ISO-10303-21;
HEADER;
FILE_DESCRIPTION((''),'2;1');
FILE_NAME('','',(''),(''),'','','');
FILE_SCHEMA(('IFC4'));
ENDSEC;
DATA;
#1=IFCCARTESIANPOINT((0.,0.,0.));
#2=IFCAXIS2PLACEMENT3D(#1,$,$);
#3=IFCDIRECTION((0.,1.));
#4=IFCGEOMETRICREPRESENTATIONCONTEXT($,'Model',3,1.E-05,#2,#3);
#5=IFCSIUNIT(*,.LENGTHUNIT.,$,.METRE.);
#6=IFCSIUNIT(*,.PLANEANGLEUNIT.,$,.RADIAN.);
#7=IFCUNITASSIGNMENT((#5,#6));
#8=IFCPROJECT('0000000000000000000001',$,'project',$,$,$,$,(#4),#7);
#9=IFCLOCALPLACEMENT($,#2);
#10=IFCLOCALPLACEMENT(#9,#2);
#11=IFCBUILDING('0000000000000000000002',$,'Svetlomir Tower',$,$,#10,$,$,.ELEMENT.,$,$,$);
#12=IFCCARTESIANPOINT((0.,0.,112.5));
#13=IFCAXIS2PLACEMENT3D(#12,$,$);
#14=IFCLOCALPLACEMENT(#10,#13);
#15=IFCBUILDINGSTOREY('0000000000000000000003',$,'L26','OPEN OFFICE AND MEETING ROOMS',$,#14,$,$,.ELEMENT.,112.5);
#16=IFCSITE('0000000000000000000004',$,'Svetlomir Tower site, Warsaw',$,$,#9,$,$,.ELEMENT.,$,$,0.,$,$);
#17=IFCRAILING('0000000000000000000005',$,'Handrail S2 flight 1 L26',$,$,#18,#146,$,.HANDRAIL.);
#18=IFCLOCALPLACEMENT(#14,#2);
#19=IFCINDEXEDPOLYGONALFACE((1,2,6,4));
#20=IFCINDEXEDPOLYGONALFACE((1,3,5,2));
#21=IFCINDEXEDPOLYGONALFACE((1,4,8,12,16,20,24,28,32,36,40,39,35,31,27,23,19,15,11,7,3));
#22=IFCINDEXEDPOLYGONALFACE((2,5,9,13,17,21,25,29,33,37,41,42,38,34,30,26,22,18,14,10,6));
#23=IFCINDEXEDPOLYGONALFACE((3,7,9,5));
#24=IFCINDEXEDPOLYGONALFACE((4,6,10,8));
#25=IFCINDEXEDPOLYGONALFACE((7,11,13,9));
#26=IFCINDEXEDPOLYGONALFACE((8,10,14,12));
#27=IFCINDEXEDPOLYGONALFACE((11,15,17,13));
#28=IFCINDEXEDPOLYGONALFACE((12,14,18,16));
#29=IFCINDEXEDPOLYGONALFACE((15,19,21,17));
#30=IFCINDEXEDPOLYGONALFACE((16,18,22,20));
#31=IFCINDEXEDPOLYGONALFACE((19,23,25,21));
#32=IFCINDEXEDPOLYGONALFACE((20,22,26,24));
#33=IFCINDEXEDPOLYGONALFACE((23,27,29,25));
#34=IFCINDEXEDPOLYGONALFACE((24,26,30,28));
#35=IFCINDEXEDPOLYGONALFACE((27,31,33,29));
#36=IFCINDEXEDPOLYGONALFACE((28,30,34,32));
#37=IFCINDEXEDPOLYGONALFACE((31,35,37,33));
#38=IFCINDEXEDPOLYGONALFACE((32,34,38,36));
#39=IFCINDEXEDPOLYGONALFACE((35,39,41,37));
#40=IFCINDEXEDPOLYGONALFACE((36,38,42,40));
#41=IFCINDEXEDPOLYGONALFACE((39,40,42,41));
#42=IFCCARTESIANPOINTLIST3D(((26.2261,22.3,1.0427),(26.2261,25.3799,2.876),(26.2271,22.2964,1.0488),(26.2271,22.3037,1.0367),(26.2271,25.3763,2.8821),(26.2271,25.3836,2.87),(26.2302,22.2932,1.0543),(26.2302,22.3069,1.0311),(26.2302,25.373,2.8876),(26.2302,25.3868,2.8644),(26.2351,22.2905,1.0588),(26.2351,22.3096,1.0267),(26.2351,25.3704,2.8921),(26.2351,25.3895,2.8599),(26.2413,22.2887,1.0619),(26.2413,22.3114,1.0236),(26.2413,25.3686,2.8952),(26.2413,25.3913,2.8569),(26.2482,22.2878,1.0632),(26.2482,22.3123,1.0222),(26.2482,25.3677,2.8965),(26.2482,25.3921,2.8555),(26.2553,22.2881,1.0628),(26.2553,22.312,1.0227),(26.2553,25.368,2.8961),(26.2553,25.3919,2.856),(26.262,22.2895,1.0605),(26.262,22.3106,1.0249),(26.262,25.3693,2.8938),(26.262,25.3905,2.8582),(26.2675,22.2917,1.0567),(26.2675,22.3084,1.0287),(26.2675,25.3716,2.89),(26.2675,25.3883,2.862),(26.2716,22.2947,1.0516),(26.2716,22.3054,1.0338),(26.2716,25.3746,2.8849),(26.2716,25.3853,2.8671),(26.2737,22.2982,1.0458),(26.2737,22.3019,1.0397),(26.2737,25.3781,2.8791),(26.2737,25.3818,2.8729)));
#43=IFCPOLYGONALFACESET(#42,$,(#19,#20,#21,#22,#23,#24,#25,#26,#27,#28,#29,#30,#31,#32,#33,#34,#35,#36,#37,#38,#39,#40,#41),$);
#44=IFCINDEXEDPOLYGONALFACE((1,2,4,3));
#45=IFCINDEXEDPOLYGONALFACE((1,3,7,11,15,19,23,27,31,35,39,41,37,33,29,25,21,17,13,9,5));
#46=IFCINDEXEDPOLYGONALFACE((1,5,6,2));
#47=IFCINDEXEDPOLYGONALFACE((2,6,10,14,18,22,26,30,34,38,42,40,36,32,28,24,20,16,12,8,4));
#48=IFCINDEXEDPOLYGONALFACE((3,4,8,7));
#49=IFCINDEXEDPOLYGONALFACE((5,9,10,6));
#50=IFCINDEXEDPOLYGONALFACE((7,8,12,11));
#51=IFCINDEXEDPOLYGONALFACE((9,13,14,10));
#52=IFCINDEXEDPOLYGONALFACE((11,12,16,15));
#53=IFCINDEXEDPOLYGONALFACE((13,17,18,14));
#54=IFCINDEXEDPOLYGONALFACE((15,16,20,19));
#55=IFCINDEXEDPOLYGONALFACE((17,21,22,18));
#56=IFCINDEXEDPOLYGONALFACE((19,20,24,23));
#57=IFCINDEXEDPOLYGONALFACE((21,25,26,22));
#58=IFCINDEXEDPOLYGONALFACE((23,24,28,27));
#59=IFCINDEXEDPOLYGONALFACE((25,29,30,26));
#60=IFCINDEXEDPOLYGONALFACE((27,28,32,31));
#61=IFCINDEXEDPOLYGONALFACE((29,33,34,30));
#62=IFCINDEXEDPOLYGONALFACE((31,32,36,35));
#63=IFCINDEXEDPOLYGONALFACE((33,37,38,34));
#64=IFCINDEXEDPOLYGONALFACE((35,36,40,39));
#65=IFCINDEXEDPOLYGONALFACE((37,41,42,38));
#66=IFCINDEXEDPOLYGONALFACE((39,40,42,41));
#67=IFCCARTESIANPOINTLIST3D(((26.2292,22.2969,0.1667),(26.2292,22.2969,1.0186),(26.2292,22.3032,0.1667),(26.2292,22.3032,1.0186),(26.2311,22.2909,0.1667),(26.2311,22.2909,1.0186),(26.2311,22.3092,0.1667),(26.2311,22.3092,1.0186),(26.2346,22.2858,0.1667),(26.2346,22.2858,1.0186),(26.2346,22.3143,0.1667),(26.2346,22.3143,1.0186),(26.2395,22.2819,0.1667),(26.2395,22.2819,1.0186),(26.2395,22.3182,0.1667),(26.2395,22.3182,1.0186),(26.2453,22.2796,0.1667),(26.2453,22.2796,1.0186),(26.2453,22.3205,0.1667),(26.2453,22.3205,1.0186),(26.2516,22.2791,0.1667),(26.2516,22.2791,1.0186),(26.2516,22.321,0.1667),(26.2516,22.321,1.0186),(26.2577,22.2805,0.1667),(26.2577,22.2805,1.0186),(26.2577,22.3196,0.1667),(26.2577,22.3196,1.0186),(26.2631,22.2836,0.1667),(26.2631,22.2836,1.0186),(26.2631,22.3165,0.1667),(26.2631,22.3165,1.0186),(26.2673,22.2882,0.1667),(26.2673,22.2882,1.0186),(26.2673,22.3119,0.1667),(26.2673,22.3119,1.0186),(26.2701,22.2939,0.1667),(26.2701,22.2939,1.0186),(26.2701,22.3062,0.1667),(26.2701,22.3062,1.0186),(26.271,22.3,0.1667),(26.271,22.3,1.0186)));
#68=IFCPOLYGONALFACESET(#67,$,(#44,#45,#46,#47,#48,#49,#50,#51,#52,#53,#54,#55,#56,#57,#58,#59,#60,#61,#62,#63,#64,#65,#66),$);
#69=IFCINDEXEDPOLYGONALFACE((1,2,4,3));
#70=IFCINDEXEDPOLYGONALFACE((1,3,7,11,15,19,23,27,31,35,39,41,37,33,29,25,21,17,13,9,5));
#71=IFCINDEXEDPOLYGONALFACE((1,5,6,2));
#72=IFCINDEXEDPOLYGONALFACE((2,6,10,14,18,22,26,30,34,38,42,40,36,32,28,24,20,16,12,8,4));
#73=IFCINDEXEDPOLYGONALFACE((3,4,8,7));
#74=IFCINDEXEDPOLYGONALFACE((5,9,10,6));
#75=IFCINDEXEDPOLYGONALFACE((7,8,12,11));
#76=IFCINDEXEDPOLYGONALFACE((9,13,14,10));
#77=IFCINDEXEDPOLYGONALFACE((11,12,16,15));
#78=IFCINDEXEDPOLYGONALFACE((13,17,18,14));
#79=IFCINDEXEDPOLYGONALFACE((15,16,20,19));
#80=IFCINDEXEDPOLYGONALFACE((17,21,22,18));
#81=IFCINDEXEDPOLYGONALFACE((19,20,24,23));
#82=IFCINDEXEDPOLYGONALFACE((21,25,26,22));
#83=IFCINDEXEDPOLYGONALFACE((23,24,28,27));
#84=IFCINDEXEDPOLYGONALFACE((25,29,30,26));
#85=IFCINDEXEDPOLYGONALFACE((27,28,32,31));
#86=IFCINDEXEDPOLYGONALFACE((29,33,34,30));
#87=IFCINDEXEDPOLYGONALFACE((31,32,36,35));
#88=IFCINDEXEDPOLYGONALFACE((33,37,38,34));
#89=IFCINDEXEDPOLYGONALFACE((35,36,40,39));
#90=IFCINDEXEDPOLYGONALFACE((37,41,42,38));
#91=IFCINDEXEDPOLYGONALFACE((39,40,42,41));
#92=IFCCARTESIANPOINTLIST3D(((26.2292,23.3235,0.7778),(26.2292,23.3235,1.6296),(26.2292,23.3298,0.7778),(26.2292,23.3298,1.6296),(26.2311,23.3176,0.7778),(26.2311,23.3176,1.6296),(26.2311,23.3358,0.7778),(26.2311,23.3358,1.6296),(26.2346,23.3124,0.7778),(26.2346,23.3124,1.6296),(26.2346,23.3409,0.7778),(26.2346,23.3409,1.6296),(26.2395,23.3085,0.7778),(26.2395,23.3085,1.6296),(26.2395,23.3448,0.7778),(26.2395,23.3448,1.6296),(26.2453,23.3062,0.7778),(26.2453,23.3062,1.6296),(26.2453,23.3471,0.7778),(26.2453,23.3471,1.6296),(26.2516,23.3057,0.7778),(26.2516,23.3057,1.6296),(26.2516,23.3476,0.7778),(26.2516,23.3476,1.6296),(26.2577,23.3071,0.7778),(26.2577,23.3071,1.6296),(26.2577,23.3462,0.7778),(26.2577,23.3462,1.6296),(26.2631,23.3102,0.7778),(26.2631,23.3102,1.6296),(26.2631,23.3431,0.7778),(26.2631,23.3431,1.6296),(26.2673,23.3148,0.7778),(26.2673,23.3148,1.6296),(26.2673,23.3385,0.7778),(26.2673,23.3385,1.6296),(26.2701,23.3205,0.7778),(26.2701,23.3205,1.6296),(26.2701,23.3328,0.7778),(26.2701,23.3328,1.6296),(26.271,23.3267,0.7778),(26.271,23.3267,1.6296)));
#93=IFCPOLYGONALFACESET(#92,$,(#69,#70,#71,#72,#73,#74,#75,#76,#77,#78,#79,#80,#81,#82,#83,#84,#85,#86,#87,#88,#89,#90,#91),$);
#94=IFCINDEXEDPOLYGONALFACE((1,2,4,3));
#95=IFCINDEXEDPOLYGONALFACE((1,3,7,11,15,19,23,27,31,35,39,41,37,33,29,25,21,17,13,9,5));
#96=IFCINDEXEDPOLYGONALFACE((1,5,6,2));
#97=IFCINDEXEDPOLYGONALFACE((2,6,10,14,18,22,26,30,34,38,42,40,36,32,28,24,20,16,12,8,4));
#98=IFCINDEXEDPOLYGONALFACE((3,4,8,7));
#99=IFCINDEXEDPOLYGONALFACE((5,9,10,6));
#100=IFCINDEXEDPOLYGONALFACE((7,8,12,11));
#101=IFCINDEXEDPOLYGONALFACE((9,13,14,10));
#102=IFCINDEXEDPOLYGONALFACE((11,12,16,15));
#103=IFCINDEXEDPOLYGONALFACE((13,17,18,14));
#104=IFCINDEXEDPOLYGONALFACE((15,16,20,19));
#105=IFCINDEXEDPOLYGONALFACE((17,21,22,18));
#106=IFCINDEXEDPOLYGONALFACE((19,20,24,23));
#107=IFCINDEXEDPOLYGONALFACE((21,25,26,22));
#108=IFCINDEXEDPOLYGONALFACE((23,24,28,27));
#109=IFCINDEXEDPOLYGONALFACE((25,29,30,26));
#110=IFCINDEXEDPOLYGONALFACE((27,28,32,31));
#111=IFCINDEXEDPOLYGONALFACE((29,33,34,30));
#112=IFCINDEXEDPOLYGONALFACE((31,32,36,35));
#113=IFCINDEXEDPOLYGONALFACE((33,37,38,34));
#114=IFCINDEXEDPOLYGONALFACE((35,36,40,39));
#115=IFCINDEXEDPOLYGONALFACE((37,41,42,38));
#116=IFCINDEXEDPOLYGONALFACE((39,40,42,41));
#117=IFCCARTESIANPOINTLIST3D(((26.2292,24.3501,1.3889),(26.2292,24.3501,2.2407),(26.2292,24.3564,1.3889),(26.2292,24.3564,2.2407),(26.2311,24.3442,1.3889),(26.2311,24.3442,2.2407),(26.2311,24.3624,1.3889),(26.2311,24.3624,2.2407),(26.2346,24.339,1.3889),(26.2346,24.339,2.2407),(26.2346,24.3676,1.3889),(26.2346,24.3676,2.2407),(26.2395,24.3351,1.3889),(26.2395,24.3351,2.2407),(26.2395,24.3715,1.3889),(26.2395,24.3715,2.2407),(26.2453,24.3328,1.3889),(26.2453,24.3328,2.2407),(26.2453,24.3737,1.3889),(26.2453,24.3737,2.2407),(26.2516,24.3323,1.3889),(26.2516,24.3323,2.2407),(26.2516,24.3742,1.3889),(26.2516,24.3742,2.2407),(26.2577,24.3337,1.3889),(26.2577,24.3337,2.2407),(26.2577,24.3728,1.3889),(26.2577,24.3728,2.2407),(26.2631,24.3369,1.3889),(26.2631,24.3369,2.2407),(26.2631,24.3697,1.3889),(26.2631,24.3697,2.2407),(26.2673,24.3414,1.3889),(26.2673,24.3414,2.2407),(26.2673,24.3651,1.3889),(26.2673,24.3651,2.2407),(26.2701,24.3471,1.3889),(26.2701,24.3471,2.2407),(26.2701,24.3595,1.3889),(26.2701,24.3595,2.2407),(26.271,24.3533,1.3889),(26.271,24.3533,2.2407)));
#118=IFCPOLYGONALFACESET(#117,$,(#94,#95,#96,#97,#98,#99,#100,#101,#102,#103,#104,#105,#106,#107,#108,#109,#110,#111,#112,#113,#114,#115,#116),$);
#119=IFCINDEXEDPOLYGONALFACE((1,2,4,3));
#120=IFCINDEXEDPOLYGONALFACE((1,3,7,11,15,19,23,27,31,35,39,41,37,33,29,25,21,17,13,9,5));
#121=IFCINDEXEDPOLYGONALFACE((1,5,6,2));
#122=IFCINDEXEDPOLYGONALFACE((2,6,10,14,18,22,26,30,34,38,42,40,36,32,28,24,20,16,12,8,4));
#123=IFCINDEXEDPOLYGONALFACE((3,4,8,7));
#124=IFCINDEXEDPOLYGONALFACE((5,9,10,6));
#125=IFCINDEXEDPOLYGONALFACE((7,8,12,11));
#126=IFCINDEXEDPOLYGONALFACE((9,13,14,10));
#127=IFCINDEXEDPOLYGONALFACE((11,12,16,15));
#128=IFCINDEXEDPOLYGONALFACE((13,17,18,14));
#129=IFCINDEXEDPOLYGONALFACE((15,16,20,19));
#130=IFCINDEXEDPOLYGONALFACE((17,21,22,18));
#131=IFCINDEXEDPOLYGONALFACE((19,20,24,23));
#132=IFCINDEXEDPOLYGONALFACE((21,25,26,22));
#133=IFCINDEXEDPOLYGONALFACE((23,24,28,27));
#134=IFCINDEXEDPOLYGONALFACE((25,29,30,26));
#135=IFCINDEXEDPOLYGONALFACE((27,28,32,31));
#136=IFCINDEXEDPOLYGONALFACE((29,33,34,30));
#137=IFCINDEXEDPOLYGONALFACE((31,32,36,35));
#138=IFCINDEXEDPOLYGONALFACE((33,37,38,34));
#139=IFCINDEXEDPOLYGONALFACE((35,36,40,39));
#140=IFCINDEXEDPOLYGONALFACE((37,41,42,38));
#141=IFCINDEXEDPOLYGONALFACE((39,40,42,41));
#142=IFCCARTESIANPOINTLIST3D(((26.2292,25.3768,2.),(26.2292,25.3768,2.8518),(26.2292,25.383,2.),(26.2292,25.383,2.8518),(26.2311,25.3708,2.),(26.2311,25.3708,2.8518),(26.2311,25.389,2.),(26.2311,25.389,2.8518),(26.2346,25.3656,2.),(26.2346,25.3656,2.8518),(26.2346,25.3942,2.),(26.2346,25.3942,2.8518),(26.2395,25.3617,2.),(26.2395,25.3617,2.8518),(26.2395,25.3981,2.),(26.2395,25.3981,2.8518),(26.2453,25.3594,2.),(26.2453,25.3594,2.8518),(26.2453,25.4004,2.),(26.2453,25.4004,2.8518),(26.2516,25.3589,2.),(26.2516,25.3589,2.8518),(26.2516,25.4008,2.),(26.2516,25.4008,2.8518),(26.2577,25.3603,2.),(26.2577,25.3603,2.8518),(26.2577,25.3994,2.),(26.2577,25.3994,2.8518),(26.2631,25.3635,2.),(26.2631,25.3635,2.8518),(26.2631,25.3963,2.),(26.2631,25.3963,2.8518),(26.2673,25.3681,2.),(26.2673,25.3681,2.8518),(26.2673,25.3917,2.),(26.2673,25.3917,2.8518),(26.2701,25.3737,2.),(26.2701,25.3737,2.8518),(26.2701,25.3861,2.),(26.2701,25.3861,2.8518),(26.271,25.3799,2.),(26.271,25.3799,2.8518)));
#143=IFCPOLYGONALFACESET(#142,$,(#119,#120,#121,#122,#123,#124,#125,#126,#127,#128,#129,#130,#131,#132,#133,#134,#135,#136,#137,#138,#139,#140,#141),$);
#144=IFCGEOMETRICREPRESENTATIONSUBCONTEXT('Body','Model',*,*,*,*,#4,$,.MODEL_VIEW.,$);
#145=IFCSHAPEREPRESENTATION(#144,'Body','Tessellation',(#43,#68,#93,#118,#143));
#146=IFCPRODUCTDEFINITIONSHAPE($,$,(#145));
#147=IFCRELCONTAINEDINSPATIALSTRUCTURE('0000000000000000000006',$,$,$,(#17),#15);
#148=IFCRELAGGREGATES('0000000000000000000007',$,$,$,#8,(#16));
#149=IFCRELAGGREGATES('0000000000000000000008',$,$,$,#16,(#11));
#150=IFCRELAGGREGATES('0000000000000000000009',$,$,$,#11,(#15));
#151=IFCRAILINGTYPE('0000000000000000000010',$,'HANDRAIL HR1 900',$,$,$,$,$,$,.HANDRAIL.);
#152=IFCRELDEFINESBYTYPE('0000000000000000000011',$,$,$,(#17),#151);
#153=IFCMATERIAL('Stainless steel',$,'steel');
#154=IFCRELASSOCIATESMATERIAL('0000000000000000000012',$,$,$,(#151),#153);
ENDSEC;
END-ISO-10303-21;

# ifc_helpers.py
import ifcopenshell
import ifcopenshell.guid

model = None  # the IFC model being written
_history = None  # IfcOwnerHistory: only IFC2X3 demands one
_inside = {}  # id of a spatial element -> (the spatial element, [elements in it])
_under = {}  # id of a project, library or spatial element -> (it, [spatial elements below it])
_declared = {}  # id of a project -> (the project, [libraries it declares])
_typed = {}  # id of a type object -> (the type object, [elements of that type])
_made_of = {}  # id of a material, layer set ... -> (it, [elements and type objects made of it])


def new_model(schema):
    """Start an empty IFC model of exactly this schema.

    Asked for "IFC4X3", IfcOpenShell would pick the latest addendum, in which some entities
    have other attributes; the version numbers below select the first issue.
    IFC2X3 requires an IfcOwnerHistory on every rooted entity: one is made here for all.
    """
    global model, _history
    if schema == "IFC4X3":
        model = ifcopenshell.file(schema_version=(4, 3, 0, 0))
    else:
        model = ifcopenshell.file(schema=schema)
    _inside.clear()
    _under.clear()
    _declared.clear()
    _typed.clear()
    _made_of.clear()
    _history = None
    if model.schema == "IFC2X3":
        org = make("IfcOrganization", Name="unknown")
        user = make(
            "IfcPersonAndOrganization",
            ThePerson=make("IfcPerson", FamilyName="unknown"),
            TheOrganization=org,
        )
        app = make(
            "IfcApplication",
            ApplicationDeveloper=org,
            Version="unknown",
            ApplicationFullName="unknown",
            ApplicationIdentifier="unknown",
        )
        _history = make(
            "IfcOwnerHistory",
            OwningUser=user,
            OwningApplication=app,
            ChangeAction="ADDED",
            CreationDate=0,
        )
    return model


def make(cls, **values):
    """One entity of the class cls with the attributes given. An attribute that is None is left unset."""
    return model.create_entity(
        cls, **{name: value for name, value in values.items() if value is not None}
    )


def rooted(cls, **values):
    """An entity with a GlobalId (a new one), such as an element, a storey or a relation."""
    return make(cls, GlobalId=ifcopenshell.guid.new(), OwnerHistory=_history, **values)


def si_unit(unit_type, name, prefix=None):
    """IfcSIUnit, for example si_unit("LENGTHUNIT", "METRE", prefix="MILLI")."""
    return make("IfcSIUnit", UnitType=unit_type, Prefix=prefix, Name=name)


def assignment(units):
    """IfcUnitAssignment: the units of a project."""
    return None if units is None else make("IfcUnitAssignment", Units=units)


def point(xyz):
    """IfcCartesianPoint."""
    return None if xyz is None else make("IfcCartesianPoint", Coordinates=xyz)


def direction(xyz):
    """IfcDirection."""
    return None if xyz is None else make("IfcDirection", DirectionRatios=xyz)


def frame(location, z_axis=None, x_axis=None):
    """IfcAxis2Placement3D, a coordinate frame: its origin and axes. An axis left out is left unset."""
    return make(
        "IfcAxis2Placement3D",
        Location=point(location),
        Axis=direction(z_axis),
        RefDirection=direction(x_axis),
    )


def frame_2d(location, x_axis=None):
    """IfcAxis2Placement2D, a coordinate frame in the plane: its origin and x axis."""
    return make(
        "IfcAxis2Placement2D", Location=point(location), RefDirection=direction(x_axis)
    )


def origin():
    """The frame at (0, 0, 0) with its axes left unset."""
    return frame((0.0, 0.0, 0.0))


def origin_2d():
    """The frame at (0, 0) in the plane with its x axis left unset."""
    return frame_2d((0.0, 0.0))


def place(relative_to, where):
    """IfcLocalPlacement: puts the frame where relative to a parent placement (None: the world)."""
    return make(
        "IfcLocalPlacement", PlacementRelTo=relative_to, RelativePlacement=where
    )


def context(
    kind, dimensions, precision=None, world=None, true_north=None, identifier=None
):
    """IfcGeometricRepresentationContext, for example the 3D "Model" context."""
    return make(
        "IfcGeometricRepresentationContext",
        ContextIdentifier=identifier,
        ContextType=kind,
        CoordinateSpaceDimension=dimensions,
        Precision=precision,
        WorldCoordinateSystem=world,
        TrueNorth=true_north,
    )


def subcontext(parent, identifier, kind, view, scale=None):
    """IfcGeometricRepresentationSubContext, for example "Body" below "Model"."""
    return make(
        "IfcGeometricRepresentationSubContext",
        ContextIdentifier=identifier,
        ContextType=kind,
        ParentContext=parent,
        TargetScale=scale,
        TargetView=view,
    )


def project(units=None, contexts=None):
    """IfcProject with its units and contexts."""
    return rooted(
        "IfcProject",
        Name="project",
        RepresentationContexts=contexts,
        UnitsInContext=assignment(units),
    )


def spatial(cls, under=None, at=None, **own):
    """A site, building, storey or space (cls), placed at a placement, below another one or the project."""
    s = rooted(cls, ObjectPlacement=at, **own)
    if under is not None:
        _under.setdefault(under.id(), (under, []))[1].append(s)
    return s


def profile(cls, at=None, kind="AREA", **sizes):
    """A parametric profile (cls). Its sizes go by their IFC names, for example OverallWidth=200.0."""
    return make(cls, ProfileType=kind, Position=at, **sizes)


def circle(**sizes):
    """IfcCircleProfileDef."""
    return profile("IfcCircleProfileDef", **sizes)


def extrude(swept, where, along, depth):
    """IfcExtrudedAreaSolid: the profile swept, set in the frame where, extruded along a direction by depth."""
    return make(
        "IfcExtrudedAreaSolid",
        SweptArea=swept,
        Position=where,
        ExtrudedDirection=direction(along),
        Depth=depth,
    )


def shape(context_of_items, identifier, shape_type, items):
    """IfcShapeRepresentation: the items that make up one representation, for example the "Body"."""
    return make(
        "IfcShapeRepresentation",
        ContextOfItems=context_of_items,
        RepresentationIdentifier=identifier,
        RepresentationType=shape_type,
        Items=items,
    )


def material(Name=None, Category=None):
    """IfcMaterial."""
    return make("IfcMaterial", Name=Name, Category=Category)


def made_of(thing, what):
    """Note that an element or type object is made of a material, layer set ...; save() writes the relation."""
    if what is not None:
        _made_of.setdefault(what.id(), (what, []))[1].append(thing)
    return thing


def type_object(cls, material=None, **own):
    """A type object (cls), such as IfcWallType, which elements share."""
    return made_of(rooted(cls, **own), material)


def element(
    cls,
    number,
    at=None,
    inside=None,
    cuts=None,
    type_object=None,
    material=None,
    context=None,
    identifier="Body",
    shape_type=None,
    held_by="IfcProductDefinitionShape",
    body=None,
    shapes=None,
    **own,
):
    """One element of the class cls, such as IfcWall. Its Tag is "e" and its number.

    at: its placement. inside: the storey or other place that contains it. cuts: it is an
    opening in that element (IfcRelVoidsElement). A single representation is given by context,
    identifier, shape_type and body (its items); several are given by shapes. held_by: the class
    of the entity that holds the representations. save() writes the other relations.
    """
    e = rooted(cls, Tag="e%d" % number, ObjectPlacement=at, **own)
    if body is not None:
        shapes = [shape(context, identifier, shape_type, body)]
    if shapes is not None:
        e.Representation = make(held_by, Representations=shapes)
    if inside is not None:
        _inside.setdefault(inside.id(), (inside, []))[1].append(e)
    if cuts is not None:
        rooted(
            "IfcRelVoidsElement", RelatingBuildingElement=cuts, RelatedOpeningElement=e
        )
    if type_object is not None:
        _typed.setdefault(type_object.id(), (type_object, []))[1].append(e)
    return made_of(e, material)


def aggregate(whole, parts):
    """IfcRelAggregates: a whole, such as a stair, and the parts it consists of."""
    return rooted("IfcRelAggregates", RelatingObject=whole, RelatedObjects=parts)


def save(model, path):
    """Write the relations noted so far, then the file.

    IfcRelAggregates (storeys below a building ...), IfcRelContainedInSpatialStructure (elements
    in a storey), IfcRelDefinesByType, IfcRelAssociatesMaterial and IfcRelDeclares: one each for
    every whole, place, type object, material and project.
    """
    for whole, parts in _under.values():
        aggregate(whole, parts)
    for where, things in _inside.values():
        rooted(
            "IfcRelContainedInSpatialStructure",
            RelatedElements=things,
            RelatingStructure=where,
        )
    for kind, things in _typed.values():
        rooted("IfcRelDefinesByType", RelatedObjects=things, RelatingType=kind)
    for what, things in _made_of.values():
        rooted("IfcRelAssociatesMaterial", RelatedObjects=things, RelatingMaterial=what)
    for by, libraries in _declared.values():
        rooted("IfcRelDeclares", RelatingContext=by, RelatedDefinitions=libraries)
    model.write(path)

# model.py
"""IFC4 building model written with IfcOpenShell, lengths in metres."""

from ifc_helpers import new_model, si_unit, direction, frame, origin, origin_2d, place, context, subcontext, project, spatial, circle, extrude, material, type_object, element, save


model = new_model("IFC4")

# Units and contexts
model_context = context("Model", 3, precision=1e-05, world=origin(), true_north=direction((0.0, 1.0)))
body_context = subcontext(model_context, "Body", "Model", "MODEL_VIEW")
ifc_project = project(units=[si_unit("LENGTHUNIT", "METRE"), si_unit("PLANEANGLEUNIT", "RADIAN")], contexts=[model_context])

# Site, building, storey
site_placement = place(None, origin())
site = spatial("IfcSite", under=ifc_project, at=site_placement, Name="Svetlomir Tower site, Warsaw", CompositionType="ELEMENT", RefElevation=0.0)
building_placement = place(site_placement, origin())
building = spatial("IfcBuilding", under=site, at=building_placement, Name="Svetlomir Tower", CompositionType="ELEMENT")
storey_placement = place(building_placement, frame((0.0, 0.0, 112.5)))
storey = spatial("IfcBuildingStorey", under=building, at=storey_placement, Name="L26", Description="OPEN OFFICE AND MEETING ROOMS", CompositionType="ELEMENT", Elevation=112.5)

# Railing
ifc_material_1 = material(Name="Stainless steel", Category="steel")
railing_type = type_object("IfcRailingType", Name="HANDRAIL HR1 900", PredefinedType="HANDRAIL", material=ifc_material_1)
railing_placement = place(storey_placement, frame((26.25, 22.3, 0.1667)))
element("IfcRailing", 1, at=railing_placement, inside=storey, type_object=railing_type, Name="Handrail S2 flight 1 L26", PredefinedType="HANDRAIL", context=body_context, shape_type="SweptSolid", body=[
    extrude(circle(Radius=0.0239, at=origin_2d()), frame((0.0, 0.0, 0.876), z_axis=(0.0, 0.859291, 0.511487), x_axis=(-1.0, 0.0, 0.0)), (0.0, 0.0, 1.0), 3.5842),
    extrude(circle(Radius=0.021, at=origin_2d()), origin(), (0.0, 0.0, 1.0), 0.8518),
    extrude(circle(Radius=0.021, at=origin_2d()), frame((0.0, 1.0266, 0.6111)), (0.0, 0.0, 1.0), 0.8518),
    extrude(circle(Radius=0.021, at=origin_2d()), frame((0.0, 2.0532, 1.2222)), (0.0, 0.0, 1.0), 0.8518),
    extrude(circle(Radius=0.021, at=origin_2d()), frame((0.0, 3.0798, 1.8333)), (0.0, 0.0, 1.0), 0.8518),
])

save(model, "model.ifc")
